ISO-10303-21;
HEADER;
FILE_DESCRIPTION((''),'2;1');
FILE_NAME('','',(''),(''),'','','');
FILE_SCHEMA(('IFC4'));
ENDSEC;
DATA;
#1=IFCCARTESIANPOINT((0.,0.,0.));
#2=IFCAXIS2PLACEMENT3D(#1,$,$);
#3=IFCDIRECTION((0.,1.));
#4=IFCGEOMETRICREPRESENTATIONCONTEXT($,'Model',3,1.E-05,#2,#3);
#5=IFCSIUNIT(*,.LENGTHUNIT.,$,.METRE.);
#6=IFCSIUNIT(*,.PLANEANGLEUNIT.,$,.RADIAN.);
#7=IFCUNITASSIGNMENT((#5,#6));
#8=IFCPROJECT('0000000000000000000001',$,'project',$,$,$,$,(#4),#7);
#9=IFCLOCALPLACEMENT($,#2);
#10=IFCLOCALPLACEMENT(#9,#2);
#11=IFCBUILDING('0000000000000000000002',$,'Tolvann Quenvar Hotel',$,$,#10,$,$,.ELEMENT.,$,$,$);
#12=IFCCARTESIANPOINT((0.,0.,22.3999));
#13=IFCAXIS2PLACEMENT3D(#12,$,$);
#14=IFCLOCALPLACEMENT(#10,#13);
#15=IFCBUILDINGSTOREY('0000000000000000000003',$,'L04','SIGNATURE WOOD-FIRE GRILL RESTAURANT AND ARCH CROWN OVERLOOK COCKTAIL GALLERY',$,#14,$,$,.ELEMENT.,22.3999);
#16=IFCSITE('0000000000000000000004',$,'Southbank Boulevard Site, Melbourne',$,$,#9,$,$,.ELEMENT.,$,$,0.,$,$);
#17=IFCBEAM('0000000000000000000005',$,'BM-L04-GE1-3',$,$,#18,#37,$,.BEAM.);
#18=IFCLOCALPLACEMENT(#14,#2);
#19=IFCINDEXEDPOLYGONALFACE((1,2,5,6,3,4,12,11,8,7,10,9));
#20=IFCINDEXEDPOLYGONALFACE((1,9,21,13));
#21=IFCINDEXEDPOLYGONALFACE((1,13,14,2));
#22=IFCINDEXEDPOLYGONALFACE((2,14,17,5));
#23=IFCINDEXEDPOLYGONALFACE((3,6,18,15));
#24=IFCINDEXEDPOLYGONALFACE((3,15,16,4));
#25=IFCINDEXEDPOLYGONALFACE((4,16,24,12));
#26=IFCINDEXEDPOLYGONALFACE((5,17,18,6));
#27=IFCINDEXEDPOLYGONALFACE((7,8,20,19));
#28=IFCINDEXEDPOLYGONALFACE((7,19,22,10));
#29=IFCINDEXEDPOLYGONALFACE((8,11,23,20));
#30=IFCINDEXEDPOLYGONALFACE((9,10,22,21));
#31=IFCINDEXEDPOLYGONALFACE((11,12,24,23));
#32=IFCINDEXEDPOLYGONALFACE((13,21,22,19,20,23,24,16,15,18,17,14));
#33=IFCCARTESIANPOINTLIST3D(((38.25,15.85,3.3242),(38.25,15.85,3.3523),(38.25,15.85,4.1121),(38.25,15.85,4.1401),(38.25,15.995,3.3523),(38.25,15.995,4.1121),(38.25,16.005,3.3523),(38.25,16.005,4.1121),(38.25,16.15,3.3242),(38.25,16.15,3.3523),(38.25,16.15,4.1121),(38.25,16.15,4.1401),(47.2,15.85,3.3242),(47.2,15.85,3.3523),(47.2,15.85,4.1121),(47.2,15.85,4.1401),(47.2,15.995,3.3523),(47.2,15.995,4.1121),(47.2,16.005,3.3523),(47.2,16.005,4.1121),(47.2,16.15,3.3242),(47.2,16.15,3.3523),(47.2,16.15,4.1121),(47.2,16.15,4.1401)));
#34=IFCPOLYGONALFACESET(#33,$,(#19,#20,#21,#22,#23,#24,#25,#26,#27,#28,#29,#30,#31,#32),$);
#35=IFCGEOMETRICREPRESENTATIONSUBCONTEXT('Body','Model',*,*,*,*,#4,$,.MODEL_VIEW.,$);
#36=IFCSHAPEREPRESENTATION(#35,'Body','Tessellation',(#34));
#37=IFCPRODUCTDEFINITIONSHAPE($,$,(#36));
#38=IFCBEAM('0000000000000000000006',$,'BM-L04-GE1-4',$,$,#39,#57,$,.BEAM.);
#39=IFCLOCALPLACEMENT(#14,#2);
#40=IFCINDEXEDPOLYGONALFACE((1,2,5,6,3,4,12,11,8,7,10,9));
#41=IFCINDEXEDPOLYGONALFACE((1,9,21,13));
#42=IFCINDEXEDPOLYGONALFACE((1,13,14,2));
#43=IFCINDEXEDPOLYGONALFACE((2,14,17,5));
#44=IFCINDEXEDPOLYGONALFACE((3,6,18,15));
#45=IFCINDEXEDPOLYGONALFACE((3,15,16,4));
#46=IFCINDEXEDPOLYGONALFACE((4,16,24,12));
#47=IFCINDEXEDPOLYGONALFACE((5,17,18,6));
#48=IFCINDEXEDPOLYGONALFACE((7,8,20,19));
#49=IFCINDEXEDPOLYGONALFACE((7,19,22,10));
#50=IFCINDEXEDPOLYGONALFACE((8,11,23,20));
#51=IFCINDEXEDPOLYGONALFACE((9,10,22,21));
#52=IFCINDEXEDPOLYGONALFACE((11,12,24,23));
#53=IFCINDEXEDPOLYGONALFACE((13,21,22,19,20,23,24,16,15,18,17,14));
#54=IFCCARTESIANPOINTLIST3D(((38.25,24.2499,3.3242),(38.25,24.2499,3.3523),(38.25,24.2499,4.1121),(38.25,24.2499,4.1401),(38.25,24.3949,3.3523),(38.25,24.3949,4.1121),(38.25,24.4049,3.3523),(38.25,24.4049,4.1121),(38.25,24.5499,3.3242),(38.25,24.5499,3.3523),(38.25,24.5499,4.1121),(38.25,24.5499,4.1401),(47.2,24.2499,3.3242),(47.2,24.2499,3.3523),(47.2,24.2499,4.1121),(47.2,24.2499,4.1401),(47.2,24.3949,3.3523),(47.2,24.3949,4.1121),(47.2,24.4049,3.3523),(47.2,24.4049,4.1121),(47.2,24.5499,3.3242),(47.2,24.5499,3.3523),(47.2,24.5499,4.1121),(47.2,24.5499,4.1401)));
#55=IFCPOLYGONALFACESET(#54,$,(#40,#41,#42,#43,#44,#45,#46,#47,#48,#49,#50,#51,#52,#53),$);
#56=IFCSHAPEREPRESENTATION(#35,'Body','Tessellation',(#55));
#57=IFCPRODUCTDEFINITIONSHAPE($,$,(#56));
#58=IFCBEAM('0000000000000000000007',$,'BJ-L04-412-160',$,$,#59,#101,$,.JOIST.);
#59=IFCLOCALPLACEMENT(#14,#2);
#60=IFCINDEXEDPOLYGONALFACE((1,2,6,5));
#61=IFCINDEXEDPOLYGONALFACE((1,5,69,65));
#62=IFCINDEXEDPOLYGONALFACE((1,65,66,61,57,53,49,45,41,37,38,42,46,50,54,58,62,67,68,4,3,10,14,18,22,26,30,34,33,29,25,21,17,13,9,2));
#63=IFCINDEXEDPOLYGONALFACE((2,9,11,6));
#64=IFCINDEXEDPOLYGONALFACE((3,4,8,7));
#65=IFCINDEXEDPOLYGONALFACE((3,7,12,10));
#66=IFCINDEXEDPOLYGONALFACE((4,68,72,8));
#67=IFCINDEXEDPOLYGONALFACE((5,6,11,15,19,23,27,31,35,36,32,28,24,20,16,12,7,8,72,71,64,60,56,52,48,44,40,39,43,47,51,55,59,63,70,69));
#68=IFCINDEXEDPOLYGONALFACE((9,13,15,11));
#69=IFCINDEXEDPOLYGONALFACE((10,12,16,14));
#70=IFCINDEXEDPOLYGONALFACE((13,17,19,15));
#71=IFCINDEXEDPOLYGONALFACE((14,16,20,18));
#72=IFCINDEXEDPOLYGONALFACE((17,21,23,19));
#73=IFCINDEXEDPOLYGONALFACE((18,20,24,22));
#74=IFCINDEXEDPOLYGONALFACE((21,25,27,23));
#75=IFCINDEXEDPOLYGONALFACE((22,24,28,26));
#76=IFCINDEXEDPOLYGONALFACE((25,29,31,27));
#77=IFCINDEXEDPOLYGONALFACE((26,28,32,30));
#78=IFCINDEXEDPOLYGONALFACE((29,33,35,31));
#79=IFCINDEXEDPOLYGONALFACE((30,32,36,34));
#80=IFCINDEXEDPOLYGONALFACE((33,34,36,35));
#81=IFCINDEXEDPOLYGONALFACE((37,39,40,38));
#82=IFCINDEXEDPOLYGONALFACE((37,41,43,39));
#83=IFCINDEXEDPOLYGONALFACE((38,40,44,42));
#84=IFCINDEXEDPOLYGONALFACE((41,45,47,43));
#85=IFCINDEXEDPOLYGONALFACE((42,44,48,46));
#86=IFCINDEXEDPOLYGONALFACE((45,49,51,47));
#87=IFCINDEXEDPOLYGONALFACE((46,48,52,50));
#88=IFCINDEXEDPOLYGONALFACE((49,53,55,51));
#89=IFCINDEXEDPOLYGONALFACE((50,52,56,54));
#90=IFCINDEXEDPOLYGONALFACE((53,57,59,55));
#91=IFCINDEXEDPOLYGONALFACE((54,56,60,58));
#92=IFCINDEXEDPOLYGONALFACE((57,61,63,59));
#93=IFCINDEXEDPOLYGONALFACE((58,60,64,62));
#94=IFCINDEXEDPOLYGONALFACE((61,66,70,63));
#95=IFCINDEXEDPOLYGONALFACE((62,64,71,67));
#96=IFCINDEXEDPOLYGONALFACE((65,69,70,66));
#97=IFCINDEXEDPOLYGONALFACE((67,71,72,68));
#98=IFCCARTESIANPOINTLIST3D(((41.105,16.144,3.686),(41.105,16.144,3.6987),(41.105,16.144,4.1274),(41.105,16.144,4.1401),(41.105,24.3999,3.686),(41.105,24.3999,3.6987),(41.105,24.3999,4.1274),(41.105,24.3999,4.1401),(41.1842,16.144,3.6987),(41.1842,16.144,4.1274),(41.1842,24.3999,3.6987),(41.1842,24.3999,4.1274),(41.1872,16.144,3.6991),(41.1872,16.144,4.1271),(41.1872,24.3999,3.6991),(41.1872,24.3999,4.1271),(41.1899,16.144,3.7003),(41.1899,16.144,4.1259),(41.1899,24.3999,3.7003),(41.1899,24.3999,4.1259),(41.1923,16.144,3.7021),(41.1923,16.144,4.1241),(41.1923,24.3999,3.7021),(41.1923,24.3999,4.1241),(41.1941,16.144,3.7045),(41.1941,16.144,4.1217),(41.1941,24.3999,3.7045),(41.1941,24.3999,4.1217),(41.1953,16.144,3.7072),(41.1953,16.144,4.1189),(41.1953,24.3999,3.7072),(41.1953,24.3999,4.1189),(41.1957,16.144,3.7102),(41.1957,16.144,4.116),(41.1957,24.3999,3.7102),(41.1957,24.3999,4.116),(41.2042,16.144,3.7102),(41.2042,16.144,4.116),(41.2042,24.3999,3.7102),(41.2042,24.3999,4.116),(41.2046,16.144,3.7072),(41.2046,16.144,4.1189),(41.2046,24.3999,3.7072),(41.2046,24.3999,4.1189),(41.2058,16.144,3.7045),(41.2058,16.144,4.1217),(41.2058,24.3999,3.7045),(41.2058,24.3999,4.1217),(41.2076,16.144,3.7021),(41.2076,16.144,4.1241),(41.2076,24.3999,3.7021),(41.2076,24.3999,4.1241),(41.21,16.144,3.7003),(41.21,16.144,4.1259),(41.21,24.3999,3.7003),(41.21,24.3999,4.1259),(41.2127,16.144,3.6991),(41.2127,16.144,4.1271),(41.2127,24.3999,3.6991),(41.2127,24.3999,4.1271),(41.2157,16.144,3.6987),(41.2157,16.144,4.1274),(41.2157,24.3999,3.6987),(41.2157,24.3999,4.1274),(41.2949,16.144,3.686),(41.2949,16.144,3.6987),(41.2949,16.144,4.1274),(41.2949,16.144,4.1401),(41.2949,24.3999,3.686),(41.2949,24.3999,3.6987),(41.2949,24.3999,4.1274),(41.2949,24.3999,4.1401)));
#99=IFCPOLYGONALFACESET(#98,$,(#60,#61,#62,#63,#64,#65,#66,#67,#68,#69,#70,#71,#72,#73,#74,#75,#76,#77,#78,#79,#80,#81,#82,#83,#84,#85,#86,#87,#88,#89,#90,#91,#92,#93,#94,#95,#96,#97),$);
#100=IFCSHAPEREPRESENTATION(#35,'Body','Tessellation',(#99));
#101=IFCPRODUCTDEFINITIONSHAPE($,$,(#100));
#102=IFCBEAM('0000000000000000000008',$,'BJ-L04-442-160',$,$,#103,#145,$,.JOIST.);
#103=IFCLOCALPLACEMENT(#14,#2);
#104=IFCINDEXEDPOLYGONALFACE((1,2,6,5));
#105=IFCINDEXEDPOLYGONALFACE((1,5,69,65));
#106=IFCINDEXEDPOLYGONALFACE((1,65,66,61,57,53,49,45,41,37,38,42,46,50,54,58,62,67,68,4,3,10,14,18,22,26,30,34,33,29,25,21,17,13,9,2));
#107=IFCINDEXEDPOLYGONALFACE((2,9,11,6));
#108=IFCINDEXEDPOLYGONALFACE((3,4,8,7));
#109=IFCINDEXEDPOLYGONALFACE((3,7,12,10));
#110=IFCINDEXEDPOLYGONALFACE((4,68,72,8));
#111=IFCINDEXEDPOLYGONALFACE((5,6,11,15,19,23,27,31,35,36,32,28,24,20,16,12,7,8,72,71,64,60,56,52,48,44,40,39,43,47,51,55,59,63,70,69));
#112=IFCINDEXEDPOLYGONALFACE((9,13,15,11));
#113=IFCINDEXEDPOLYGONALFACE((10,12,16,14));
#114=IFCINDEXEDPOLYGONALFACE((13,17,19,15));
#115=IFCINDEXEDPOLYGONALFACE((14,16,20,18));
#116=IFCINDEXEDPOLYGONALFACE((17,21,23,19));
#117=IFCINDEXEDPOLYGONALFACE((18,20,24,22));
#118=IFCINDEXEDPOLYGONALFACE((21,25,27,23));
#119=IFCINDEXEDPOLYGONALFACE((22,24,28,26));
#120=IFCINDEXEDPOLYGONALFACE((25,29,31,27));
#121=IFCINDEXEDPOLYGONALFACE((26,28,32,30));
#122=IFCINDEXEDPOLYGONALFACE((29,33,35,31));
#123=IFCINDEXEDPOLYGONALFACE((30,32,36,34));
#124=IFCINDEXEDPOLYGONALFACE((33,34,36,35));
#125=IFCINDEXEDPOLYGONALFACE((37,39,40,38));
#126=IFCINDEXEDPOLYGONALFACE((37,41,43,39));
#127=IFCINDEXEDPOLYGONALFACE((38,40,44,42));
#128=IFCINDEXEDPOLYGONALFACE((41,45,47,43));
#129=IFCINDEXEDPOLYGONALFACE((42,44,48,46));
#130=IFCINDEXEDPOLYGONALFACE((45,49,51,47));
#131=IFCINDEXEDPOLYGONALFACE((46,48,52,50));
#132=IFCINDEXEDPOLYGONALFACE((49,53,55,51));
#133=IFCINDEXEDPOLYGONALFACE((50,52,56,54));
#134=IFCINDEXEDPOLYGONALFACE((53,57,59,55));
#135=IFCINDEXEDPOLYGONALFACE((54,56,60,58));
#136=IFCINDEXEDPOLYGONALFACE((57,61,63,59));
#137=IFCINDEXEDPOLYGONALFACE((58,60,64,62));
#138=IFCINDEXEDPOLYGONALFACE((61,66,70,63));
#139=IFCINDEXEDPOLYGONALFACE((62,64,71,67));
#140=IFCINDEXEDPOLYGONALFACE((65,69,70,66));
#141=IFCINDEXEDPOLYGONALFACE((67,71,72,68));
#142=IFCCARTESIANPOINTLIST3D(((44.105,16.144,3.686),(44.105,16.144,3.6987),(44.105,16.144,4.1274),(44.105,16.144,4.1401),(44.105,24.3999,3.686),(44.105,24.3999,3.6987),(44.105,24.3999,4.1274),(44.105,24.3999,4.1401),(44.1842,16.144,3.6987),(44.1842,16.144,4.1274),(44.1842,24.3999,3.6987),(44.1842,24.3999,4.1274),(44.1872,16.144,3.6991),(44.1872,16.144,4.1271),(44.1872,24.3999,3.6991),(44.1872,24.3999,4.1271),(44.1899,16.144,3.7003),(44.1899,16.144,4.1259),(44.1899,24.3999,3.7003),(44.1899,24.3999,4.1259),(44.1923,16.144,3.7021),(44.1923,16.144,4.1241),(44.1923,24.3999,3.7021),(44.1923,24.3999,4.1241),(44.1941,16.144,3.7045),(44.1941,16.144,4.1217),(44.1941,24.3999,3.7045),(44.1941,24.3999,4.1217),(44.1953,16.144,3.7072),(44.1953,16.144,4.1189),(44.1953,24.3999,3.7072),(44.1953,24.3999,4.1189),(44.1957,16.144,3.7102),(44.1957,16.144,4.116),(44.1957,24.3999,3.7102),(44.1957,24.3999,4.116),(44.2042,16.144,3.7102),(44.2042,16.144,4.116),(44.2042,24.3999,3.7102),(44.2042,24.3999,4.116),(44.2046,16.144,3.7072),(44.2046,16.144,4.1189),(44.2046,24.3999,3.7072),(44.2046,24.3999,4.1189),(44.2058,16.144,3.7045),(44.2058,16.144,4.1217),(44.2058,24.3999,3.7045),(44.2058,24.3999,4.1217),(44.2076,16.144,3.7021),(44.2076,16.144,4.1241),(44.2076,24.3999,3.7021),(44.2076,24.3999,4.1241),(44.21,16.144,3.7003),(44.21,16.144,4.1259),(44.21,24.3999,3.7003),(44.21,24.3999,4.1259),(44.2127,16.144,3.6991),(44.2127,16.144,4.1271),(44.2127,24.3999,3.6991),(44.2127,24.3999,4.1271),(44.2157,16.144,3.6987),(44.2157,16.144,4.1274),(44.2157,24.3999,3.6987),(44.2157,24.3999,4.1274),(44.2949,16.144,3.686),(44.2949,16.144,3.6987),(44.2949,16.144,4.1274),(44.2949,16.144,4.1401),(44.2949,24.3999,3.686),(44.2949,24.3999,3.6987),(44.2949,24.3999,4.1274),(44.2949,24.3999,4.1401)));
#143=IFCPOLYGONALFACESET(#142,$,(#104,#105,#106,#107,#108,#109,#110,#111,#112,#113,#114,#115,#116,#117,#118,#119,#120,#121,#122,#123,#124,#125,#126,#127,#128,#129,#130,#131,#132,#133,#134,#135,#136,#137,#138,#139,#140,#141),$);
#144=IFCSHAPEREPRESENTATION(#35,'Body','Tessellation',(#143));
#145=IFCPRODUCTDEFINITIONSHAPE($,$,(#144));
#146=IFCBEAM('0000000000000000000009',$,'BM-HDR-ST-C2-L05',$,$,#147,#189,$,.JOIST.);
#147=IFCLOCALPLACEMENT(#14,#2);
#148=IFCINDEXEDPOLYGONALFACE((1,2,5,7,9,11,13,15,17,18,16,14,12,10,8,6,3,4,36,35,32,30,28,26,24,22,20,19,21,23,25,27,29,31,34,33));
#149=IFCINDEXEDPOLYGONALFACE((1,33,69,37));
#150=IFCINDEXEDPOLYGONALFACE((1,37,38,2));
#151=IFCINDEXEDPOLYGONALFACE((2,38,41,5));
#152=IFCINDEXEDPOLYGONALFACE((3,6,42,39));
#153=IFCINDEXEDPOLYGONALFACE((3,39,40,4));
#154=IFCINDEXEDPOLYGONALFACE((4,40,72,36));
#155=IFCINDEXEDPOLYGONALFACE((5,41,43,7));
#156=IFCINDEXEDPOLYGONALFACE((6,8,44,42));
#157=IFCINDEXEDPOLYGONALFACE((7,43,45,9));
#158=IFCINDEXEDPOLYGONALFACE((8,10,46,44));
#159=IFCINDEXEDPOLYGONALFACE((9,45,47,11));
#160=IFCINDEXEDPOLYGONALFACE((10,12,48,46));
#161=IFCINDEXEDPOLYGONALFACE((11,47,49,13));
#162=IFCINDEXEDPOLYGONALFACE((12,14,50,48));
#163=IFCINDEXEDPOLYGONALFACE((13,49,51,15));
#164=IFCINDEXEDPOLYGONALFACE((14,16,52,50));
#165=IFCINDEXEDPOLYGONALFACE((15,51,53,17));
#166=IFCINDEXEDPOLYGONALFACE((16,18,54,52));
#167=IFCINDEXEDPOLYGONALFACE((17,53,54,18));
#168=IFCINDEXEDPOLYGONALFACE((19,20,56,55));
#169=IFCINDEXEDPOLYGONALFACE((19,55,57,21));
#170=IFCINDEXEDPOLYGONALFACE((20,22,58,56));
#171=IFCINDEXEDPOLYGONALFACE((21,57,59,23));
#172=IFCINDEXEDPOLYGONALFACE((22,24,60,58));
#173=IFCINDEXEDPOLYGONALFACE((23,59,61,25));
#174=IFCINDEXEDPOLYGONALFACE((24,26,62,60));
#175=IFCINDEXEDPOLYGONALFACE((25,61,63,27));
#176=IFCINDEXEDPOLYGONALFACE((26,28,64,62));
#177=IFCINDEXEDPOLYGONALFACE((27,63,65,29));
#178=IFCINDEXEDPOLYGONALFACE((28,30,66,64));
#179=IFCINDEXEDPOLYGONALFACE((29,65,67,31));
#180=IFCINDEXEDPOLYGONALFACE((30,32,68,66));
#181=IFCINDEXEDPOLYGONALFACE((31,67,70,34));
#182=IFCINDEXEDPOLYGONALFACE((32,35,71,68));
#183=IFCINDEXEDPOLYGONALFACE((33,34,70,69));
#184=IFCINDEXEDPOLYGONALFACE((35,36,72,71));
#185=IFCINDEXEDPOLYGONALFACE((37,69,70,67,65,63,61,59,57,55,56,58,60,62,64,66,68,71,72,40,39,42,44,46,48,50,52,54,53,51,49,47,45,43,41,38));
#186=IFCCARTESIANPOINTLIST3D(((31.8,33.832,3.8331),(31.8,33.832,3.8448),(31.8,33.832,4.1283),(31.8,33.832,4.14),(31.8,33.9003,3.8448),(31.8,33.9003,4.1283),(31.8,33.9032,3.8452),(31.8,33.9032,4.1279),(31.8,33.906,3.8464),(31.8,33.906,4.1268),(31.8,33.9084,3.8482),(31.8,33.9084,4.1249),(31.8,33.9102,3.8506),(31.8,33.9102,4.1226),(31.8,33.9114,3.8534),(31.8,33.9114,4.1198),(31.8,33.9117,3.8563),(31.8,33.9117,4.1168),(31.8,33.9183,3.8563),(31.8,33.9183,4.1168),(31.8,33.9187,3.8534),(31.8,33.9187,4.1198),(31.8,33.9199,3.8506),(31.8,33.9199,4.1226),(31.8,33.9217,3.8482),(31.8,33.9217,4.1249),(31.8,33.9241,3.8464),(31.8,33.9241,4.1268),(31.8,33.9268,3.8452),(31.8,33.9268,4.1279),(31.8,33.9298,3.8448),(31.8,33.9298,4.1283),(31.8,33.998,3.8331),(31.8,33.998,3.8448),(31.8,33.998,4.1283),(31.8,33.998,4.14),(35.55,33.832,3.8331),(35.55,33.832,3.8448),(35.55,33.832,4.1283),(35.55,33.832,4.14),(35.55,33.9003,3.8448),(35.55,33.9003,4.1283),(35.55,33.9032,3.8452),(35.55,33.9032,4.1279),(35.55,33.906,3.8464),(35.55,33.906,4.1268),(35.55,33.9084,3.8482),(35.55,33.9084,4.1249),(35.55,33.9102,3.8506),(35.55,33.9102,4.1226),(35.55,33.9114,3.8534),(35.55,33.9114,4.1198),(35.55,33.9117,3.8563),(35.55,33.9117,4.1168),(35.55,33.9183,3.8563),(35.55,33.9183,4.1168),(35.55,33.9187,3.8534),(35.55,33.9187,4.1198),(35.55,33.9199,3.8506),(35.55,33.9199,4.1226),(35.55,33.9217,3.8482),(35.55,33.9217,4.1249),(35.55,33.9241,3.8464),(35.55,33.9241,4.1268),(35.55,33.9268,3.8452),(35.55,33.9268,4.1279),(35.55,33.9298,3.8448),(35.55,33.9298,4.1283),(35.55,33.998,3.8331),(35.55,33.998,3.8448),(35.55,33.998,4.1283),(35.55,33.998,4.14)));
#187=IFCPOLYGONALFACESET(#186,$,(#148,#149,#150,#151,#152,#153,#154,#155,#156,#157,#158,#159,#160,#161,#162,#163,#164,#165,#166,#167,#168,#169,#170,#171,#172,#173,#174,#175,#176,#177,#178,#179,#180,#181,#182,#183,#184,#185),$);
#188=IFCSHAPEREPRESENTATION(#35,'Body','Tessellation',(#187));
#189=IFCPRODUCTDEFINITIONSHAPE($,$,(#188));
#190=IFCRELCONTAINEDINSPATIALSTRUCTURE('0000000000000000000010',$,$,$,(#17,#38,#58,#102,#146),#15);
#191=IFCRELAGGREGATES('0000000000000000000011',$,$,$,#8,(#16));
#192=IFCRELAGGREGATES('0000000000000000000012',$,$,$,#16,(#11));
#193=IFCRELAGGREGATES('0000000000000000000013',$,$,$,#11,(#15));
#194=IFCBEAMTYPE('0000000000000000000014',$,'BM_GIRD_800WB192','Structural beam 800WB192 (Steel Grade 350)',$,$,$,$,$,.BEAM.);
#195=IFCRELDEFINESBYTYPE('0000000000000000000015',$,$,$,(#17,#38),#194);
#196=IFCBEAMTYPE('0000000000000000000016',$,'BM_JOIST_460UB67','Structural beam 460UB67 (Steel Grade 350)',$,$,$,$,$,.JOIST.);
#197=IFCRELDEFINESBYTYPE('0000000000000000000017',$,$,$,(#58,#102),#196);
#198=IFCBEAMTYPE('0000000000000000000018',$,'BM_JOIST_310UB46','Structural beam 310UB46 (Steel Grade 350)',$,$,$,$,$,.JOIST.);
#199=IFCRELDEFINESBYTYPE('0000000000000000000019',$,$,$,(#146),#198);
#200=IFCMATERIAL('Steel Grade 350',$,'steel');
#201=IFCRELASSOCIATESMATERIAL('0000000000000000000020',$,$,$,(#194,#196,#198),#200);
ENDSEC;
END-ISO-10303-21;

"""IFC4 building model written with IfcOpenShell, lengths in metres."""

from ifc_helpers import new_model, si_unit, direction, frame, origin, origin_2d, place, context, subcontext, project, spatial, i_section, extrude, source, transform, mapped, material, material_profile, profile_set, type_object, type_shapes, element, save


model = new_model("IFC4")

# Units and contexts
model_context = context("Model", 3, precision=1e-05, world=origin(), true_north=direction((0.0, 1.0)))
body_context = subcontext(model_context, "Body", "Model", "MODEL_VIEW")
ifc_project = project(units=[si_unit("LENGTHUNIT", "METRE"), si_unit("PLANEANGLEUNIT", "RADIAN")], contexts=[model_context])

# Site, building, storey
site_placement = place(None, origin())
site = spatial("IfcSite", under=ifc_project, at=site_placement, Name="Southbank Boulevard Site, Melbourne", CompositionType="ELEMENT", RefElevation=0.0)
building_placement = place(site_placement, origin())
building = spatial("IfcBuilding", under=site, at=building_placement, Name="Tolvann Quenvar Hotel", CompositionType="ELEMENT")
storey_placement = place(building_placement, frame((0.0, 0.0, 22.3999)))
storey = spatial("IfcBuildingStorey", under=building, at=storey_placement, Name="L04", Description="SIGNATURE WOOD-FIRE GRILL RESTAURANT AND ARCH CROWN OVERLOOK COCKTAIL GALLERY", CompositionType="ELEMENT", Elevation=22.3999)

# Shared definitions
ifc_material_1 = material(Name="Steel Grade 350", Category="steel")

# Beams
ifc_material_profile_1 = material_profile(ifc_material_1, i_section(OverallWidth=0.3, OverallDepth=0.8159, WebThickness=0.01, FlangeThickness=0.0281, at=origin_2d()), Name="800WB192")
ifc_profile_set_1 = profile_set([ifc_material_profile_1], Name="Steel Grade 350")
beam_type_1 = type_object("IfcBeamType", Name="BM_GIRD_800WB192", Description="Structural beam 800WB192 (Steel Grade 350)", PredefinedType="BEAM", material=ifc_profile_set_1)
shared_shape_1 = source(origin(), body_context, "Body", "SweptSolid", [
    extrude(i_section(OverallWidth=0.3, OverallDepth=0.8159, WebThickness=0.01, FlangeThickness=0.0281, at=origin_2d()), origin(), (0.0, 0.0, 1.0), 8.95),
])
for number, where, z_axis, x_axis, name in (
    (1, (38.25, 16.0, 3.7322), (1.0, 0.0, 0.0), (0.0, 1.0, 0.0), "BM-L04-GE1-3"),
    (2, (38.25, 24.3999, 3.7322), (1.0, 0.0, 0.0), (0.0, 1.0, 0.0), "BM-L04-GE1-4"),
):
    element("IfcBeam", number, at=place(storey_placement, frame(where, z_axis=z_axis, x_axis=x_axis)), inside=storey, type_object=beam_type_1, Name=name, PredefinedType="BEAM", context=body_context, shape_type="MappedRepresentation", body=[
        mapped(shared_shape_1, transform((0.0, 0.0, 0.0), x_axis=(1.0, 0.0, 0.0), y_axis=(0.0, 1.0, 0.0), z_axis=(0.0, 0.0, 1.0), scale=1.0)),
    ])
ifc_material_profile_2 = material_profile(ifc_material_1, i_section(OverallWidth=0.1899, OverallDepth=0.4541, WebThickness=0.0085, FlangeThickness=0.0127, FilletRadius=0.0115, at=origin_2d()), Name="460UB67")
ifc_profile_set_2 = profile_set([ifc_material_profile_2], Name="Steel Grade 350")
beam_type_2 = type_object("IfcBeamType", Name="BM_JOIST_460UB67", Description="Structural beam 460UB67 (Steel Grade 350)", PredefinedType="JOIST", material=ifc_profile_set_2)
shared_shape_2 = source(origin(), body_context, "Body", "SweptSolid", [
    extrude(i_section(OverallWidth=0.1899, OverallDepth=0.4541, WebThickness=0.0085, FlangeThickness=0.0127, FilletRadius=0.0115, at=origin_2d()), origin(), (0.0, 0.0, 1.0), 8.2559),
])
type_shapes(beam_type_2, [shared_shape_2])
for number, where, z_axis, x_axis, name in (
    (3, (41.2, 16.144, 3.9131), (0.0, 1.0, 0.0), (-1.0, 0.0, 0.0), "BJ-L04-412-160"),
    (4, (44.2, 16.144, 3.9131), (0.0, 1.0, 0.0), (-1.0, 0.0, 0.0), "BJ-L04-442-160"),
):
    element("IfcBeam", number, at=place(storey_placement, frame(where, z_axis=z_axis, x_axis=x_axis)), inside=storey, type_object=beam_type_2, Name=name, PredefinedType="JOIST", context=body_context, shape_type="MappedRepresentation", body=[
        mapped(shared_shape_2, transform((0.0, 0.0, 0.0), x_axis=(1.0, 0.0, 0.0), y_axis=(0.0, 1.0, 0.0), z_axis=(0.0, 0.0, 1.0), scale=1.0)),
    ])
ifc_material_profile_3 = material_profile(ifc_material_1, i_section(OverallWidth=0.166, OverallDepth=0.3069, WebThickness=0.0066, FlangeThickness=0.0117, FilletRadius=0.0115, at=origin_2d()), Name="310UB46")
ifc_profile_set_3 = profile_set([ifc_material_profile_3], Name="Steel Grade 350")
beam_type_3 = type_object("IfcBeamType", Name="BM_JOIST_310UB46", Description="Structural beam 310UB46 (Steel Grade 350)", PredefinedType="JOIST", material=ifc_profile_set_3)
shared_shape_3 = source(origin(), body_context, "Body", "SweptSolid", [
    extrude(i_section(OverallWidth=0.166, OverallDepth=0.3069, WebThickness=0.0066, FlangeThickness=0.0117, FilletRadius=0.0115, at=origin_2d()), origin(), (0.0, 0.0, 1.0), 3.75),
])
type_shapes(beam_type_3, [shared_shape_3])
beam_1_placement = place(storey_placement, frame((31.8, 33.915, 3.9866), z_axis=(1.0, 0.0, 0.0), x_axis=(0.0, 1.0, 0.0)))
element("IfcBeam", 5, at=beam_1_placement, inside=storey, type_object=beam_type_3, Name="BM-HDR-ST-C2-L05", PredefinedType="JOIST", context=body_context, shape_type="MappedRepresentation", body=[
    mapped(shared_shape_3, transform((0.0, 0.0, 0.0), x_axis=(1.0, 0.0, 0.0), y_axis=(0.0, 1.0, 0.0), z_axis=(0.0, 0.0, 1.0), scale=1.0)),
])

save(model, "model.ifc")
